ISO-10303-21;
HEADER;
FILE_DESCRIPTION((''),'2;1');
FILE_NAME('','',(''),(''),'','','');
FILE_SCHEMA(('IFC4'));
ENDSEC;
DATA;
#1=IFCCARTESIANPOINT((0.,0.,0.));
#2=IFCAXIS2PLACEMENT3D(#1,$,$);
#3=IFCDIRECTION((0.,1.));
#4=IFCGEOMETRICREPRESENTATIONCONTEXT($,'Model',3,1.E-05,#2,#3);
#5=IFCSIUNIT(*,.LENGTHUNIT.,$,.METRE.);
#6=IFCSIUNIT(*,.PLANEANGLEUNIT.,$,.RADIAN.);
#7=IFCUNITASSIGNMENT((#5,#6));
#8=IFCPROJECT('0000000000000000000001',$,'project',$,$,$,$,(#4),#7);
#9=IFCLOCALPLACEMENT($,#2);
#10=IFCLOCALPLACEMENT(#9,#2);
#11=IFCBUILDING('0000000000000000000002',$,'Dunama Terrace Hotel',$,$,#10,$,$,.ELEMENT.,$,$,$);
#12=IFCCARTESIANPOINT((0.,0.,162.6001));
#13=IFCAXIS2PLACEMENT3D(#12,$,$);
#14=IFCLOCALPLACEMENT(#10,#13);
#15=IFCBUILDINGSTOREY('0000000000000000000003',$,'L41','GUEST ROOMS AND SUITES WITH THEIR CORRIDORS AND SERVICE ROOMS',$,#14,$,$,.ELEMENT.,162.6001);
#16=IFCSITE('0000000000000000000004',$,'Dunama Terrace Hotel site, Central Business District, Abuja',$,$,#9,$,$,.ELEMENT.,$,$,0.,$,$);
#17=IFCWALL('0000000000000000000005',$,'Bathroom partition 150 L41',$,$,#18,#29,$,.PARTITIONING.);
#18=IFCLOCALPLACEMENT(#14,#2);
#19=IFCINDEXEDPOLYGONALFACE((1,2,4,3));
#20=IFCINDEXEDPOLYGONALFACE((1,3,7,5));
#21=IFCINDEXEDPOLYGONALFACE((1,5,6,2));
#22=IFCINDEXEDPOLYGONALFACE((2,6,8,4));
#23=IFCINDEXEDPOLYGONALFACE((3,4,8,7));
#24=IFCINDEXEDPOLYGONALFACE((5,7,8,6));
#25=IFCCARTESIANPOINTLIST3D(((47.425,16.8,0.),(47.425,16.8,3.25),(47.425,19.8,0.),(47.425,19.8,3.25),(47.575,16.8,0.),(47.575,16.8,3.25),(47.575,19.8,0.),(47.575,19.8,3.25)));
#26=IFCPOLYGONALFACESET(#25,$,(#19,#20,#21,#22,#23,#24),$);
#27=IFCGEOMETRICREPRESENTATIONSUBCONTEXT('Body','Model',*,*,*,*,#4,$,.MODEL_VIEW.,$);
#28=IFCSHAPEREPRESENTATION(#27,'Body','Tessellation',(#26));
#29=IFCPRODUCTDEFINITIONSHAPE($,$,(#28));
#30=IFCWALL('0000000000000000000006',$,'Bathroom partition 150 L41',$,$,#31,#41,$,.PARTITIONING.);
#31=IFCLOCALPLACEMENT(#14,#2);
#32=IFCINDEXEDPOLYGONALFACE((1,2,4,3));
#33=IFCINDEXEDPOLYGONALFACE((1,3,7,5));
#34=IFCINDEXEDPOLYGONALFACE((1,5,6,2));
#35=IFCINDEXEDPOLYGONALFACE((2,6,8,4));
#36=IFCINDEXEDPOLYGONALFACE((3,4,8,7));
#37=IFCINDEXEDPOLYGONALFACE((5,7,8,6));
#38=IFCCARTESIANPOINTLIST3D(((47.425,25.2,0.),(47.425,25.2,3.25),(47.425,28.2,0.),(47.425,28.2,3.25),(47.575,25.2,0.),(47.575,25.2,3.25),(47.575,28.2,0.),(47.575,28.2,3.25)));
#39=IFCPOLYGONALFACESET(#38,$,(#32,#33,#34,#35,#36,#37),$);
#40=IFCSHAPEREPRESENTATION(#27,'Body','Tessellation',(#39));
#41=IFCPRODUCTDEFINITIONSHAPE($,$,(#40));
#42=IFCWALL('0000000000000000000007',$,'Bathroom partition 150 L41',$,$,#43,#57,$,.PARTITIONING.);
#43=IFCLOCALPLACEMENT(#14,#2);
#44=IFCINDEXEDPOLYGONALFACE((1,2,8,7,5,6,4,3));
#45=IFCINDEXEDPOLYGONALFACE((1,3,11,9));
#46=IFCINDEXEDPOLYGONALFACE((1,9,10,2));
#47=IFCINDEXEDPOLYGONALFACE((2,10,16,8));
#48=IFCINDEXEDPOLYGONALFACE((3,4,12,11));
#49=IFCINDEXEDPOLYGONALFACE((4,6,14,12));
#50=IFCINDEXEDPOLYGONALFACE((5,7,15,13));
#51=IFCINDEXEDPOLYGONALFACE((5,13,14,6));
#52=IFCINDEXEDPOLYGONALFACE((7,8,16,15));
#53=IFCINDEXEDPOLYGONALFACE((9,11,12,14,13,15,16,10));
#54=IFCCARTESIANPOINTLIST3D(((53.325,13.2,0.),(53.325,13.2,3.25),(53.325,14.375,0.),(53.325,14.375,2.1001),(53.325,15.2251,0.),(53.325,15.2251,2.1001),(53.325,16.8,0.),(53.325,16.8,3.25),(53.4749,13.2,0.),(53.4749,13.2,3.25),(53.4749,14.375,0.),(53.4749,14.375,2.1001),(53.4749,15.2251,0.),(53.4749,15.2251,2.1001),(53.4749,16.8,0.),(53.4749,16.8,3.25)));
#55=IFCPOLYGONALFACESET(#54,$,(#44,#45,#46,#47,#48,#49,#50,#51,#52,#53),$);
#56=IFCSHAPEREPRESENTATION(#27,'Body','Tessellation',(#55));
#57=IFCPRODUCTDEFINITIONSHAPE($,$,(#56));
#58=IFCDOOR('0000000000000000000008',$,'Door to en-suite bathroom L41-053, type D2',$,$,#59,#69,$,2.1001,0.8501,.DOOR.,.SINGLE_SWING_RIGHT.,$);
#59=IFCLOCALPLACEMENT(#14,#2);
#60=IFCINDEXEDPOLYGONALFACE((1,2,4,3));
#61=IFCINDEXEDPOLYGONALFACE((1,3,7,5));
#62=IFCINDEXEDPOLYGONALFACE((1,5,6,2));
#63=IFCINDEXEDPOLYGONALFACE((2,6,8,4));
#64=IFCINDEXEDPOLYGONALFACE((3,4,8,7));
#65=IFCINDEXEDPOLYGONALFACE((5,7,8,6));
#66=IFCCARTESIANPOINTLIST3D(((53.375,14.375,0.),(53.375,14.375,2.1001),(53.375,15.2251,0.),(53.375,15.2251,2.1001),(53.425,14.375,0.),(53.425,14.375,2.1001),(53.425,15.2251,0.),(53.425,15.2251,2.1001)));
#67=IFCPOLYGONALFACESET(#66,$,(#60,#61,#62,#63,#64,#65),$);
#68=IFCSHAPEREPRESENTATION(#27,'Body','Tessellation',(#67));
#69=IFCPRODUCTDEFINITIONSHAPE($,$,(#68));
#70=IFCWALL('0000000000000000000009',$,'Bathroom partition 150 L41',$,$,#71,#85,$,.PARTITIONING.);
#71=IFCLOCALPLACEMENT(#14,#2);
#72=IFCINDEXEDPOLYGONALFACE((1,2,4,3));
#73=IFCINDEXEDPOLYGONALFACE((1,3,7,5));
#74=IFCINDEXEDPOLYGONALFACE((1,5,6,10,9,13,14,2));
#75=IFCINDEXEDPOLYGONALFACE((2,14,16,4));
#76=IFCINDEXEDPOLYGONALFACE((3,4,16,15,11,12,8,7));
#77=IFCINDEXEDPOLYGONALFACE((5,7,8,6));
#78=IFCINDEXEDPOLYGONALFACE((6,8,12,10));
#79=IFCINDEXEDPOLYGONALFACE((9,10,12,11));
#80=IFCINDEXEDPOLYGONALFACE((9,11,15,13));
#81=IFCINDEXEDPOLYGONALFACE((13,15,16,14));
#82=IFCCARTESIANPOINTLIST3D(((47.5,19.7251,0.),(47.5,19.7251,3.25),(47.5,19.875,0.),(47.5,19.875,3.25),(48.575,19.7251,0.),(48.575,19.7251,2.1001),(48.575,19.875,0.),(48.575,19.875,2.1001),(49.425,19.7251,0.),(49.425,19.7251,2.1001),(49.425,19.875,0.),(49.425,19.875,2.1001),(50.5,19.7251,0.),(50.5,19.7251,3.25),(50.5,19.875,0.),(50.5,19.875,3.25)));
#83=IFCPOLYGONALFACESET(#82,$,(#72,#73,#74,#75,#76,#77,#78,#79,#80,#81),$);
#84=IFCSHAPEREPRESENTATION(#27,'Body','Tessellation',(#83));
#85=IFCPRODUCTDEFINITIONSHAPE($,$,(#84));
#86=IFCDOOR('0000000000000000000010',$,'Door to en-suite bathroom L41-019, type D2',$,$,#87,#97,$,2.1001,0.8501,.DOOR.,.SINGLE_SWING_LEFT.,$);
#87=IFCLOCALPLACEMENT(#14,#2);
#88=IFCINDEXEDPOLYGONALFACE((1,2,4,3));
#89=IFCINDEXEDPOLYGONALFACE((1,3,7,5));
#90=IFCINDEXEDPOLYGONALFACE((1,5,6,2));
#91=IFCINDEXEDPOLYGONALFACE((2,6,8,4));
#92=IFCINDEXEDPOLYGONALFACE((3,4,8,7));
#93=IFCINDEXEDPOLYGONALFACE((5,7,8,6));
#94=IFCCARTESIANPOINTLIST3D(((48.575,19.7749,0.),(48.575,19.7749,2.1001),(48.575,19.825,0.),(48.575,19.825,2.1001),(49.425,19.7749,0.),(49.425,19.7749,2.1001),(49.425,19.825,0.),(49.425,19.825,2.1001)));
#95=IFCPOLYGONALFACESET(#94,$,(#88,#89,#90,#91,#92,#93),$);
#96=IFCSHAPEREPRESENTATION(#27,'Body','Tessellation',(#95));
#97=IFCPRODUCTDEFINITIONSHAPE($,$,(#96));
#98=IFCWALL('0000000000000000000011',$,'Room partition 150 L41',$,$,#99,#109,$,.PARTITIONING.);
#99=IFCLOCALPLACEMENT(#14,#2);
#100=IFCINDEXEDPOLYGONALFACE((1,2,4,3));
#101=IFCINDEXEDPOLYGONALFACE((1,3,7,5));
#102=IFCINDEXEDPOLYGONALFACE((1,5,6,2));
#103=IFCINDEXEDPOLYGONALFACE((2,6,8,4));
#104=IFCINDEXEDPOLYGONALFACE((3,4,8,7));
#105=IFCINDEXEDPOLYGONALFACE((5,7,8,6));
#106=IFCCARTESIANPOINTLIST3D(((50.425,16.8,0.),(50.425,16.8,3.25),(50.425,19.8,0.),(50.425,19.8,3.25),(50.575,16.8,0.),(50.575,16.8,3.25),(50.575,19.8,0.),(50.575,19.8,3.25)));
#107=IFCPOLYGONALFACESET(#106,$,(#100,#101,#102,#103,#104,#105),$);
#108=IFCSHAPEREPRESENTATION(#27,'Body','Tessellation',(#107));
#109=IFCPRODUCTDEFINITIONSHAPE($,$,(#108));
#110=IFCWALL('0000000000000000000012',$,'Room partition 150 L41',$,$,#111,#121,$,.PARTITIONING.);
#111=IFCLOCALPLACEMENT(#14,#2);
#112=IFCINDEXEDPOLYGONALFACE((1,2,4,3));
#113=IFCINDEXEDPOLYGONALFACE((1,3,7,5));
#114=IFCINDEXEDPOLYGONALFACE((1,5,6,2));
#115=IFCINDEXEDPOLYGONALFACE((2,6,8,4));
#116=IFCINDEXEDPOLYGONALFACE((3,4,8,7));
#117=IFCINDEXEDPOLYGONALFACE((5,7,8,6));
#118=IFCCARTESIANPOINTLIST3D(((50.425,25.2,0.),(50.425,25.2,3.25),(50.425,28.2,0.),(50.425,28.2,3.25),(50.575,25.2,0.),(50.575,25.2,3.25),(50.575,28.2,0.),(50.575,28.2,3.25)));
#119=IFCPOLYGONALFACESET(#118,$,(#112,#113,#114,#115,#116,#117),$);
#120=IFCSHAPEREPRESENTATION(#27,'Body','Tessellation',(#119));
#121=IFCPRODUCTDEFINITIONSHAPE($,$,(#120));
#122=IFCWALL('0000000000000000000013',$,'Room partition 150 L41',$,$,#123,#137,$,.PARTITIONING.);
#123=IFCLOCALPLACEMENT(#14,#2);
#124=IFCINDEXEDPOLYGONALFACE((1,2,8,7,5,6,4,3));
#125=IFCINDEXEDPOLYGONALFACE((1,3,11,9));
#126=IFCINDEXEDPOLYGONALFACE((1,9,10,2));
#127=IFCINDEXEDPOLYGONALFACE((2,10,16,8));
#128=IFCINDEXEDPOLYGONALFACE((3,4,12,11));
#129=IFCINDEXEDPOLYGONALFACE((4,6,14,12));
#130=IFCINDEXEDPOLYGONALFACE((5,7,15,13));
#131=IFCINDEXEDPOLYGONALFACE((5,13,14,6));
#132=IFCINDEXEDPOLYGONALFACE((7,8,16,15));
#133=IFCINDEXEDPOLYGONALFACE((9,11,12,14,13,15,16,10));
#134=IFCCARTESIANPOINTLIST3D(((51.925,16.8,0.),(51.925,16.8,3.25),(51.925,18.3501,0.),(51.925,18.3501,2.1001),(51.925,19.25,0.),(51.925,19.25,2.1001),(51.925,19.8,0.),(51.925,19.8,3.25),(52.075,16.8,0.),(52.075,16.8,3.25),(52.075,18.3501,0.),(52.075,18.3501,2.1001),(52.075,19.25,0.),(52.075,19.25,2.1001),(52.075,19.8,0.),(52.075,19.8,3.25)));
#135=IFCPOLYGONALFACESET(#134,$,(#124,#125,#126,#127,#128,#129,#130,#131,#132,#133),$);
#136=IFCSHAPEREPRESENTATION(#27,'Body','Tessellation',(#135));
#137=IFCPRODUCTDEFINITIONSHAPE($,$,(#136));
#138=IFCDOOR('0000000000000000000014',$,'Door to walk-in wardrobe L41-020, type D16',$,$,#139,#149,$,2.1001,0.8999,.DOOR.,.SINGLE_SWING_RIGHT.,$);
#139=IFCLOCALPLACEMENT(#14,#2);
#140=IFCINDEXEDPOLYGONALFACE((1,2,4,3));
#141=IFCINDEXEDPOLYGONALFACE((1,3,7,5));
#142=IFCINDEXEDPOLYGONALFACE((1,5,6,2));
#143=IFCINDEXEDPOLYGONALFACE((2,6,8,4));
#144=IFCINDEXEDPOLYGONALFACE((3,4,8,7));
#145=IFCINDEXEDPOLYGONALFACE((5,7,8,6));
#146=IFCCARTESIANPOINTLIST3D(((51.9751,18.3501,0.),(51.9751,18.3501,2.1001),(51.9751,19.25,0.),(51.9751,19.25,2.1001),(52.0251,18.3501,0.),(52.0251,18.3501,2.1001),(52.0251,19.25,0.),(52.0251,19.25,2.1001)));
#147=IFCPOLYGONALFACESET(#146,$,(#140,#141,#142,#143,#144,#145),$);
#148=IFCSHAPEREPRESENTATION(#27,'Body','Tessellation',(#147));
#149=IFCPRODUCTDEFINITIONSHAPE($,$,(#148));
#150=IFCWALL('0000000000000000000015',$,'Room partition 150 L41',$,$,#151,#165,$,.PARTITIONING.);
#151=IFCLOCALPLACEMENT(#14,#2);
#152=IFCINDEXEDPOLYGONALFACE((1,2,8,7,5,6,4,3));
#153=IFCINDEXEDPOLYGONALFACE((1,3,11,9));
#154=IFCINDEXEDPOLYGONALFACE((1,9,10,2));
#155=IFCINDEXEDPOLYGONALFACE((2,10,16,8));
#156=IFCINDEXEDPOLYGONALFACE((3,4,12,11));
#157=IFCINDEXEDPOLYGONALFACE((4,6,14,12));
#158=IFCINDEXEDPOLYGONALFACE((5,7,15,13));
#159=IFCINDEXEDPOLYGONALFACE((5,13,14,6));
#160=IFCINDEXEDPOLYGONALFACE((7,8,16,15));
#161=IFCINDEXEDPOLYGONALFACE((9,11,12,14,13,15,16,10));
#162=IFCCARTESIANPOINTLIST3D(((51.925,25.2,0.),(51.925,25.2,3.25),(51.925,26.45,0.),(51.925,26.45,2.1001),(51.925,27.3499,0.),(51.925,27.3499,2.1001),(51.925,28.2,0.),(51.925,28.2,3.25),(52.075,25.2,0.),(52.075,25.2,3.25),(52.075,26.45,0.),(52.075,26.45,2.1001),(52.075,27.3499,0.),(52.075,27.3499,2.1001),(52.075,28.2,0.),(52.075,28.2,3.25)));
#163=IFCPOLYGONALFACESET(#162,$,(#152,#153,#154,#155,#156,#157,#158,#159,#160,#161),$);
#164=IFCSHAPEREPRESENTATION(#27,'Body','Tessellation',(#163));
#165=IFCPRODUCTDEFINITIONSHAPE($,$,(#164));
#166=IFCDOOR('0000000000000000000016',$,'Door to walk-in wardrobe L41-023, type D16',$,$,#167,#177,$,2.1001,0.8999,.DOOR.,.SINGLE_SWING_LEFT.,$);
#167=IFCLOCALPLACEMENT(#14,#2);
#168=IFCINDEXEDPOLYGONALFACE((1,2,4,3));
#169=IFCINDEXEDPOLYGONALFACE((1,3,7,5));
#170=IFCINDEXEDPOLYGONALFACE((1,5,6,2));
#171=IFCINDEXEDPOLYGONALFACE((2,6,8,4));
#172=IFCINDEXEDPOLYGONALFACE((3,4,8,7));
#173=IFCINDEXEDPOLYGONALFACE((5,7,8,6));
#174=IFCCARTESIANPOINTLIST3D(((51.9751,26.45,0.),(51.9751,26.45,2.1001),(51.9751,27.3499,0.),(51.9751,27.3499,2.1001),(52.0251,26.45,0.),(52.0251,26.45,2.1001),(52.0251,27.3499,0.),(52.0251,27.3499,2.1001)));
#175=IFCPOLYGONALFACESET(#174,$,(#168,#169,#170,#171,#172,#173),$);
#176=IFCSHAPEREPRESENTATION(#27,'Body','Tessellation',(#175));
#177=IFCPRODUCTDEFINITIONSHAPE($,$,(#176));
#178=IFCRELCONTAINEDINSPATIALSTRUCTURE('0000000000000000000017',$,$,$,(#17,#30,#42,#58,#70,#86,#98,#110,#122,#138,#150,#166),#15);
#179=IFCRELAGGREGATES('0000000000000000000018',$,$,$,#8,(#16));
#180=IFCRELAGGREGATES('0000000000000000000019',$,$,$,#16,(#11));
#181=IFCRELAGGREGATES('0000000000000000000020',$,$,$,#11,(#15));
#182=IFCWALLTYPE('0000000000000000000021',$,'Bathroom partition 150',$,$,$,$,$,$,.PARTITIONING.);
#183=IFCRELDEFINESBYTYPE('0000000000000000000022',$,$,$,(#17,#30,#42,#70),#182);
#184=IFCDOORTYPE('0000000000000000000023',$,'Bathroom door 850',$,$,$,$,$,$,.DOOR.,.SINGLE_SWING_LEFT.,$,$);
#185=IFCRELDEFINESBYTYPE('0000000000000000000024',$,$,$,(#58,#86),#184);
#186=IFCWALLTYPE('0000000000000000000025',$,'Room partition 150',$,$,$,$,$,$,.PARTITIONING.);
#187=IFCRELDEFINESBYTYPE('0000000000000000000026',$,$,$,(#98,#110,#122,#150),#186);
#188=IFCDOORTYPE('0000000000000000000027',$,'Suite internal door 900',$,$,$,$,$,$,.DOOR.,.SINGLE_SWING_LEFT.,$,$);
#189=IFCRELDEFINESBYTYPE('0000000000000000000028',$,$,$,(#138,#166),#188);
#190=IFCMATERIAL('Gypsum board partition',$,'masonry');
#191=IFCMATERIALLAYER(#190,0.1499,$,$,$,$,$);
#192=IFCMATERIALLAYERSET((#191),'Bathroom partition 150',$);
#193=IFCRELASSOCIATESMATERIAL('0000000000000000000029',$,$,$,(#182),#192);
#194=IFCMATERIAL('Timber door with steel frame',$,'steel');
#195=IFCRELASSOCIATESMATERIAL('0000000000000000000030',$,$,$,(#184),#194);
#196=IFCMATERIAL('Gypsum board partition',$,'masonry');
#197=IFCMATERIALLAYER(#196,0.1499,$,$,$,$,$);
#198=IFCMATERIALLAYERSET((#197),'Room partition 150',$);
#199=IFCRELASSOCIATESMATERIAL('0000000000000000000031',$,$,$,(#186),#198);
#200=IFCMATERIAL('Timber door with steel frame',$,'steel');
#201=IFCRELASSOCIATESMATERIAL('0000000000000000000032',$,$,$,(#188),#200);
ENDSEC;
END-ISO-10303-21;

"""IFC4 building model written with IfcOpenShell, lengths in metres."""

from ifc_helpers import new_model, si_unit, direction, frame, frame_2d, origin, place, context, subcontext, project, spatial, rectangle, extrude, material, layer, layer_set, type_object, element, fill, save


model = new_model("IFC4")

# Units and contexts
model_context = context("Model", 3, precision=1e-05, world=origin(), true_north=direction((0.0, 1.0)))
body_context = subcontext(model_context, "Body", "Model", "MODEL_VIEW")
ifc_project = project(units=[si_unit("LENGTHUNIT", "METRE"), si_unit("PLANEANGLEUNIT", "RADIAN")], contexts=[model_context])

# Site, building, storey
site_placement = place(None, origin())
site = spatial("IfcSite", under=ifc_project, at=site_placement, Name="Dunama Terrace Hotel site, Central Business District, Abuja", CompositionType="ELEMENT", RefElevation=0.0)
building_placement = place(site_placement, origin())
building = spatial("IfcBuilding", under=site, at=building_placement, Name="Dunama Terrace Hotel", CompositionType="ELEMENT")
storey_placement = place(building_placement, frame((0.0, 0.0, 162.6001)))
storey = spatial("IfcBuildingStorey", under=building, at=storey_placement, Name="L41", Description="GUEST ROOMS AND SUITES WITH THEIR CORRIDORS AND SERVICE ROOMS", CompositionType="ELEMENT", Elevation=162.6001)

# Walls
ifc_material_1 = material(Name="Gypsum board partition", Category="masonry")
ifc_layer_1 = layer(ifc_material_1, 0.1499)
ifc_layer_set_1 = layer_set([ifc_layer_1], Name="Bathroom partition 150")
wall_type_1 = type_object("IfcWallType", Name="Bathroom partition 150", PredefinedType="PARTITIONING", material=ifc_layer_set_1)
for number, where, z_axis, x_axis, name in (
    (1, (47.5, 16.8, 0.0), (0.0, 0.0, 1.0), (0.0, 1.0, 0.0), "Bathroom partition 150 L41"),
    (2, (47.5, 25.2, 0.0), (0.0, 0.0, 1.0), (0.0, 1.0, 0.0), "Bathroom partition 150 L41"),
):
    element("IfcWall", number, at=place(storey_placement, frame(where, z_axis=z_axis, x_axis=x_axis)), inside=storey, type_object=wall_type_1, Name=name, PredefinedType="PARTITIONING", context=body_context, shape_type="SweptSolid", body=[
        extrude(rectangle(XDim=3.0, YDim=0.1499, at=frame_2d((1.5, 0.0))), origin(), (0.0, 0.0, 1.0), 3.25),
    ])

# Walls, openings, doors
wall_1_placement = place(storey_placement, frame((53.3999, 13.2, 0.0), z_axis=(0.0, 0.0, 1.0), x_axis=(0.0, 1.0, 0.0)))
wall_1 = element("IfcWall", 3, at=wall_1_placement, inside=storey, type_object=wall_type_1, Name="Bathroom partition 150 L41", PredefinedType="PARTITIONING", context=body_context, shape_type="SweptSolid", body=[
    extrude(rectangle(XDim=3.6001, YDim=0.1499, at=frame_2d((1.8, 0.0))), origin(), (0.0, 0.0, 1.0), 3.25),
])
opening_1_placement = place(wall_1_placement, frame((1.175, 0.0, 0.0)))
opening_1 = element("IfcOpeningElement", 4, at=opening_1_placement, cuts=wall_1, PredefinedType="OPENING", context=body_context, shape_type="SweptSolid", body=[
    extrude(rectangle(XDim=0.8501, YDim=2.1001, at=frame_2d((0.425, 1.05))), frame((0.0, 0.085, 0.0), z_axis=(0.0, -1.0, 0.0), x_axis=(1.0, 0.0, 0.0)), (0.0, 0.0, 1.0), 0.1699),
])
ifc_material_2 = material(Name="Timber door with steel frame", Category="steel")
door_type_1 = type_object("IfcDoorType", Name="Bathroom door 850", OperationType="SINGLE_SWING_LEFT", PredefinedType="DOOR", material=ifc_material_2)
door_1_placement = place(opening_1_placement, origin())
door_1 = element("IfcDoor", 5, at=door_1_placement, inside=storey, type_object=door_type_1, Name="Door to en-suite bathroom L41-053, type D2", OperationType="SINGLE_SWING_RIGHT", OverallHeight=2.1001, OverallWidth=0.8501, PredefinedType="DOOR", context=body_context, shape_type="SweptSolid", body=[
    extrude(rectangle(XDim=0.8501, YDim=2.1001, at=frame_2d((0.425, 1.05))), frame((0.0, 0.0249, 0.0), z_axis=(0.0, -1.0, 0.0), x_axis=(1.0, 0.0, 0.0)), (0.0, 0.0, 1.0), 0.05),
])
fill(opening_1, door_1)
wall_2_placement = place(storey_placement, frame((47.5, 19.8, 0.0), z_axis=(0.0, 0.0, 1.0), x_axis=(1.0, 0.0, 0.0)))
wall_2 = element("IfcWall", 6, at=wall_2_placement, inside=storey, type_object=wall_type_1, Name="Bathroom partition 150 L41", PredefinedType="PARTITIONING", context=body_context, shape_type="SweptSolid", body=[
    extrude(rectangle(XDim=3.0, YDim=0.1499, at=frame_2d((1.5, 0.0))), origin(), (0.0, 0.0, 1.0), 3.25),
])
opening_2_placement = place(wall_2_placement, frame((1.075, 0.0, 0.0)))
opening_2 = element("IfcOpeningElement", 7, at=opening_2_placement, cuts=wall_2, PredefinedType="OPENING", context=body_context, shape_type="SweptSolid", body=[
    extrude(rectangle(XDim=0.8501, YDim=2.1001, at=frame_2d((0.425, 1.05))), frame((0.0, 0.085, 0.0), z_axis=(0.0, -1.0, 0.0), x_axis=(1.0, 0.0, 0.0)), (0.0, 0.0, 1.0), 0.1699),
])
door_2_placement = place(opening_2_placement, frame((0.8501, 0.0, 0.0), z_axis=(0.0, 0.0, 1.0), x_axis=(-1.0, 0.0, 0.0)))
door_2 = element("IfcDoor", 8, at=door_2_placement, inside=storey, type_object=door_type_1, Name="Door to en-suite bathroom L41-019, type D2", OperationType="SINGLE_SWING_LEFT", OverallHeight=2.1001, OverallWidth=0.8501, PredefinedType="DOOR", context=body_context, shape_type="SweptSolid", body=[
    extrude(rectangle(XDim=0.8501, YDim=2.1001, at=frame_2d((0.425, 1.05))), frame((0.0, 0.0251, 0.0), z_axis=(0.0, -1.0, 0.0), x_axis=(1.0, 0.0, 0.0)), (0.0, 0.0, 1.0), 0.05),
])
fill(opening_2, door_2)

# Walls
ifc_material_3 = material(Name="Gypsum board partition", Category="masonry")
ifc_layer_2 = layer(ifc_material_3, 0.1499)
ifc_layer_set_2 = layer_set([ifc_layer_2], Name="Room partition 150")
wall_type_2 = type_object("IfcWallType", Name="Room partition 150", PredefinedType="PARTITIONING", material=ifc_layer_set_2)
for number, where, z_axis, x_axis, name in (
    (9, (50.5, 16.8, 0.0), (0.0, 0.0, 1.0), (0.0, 1.0, 0.0), "Room partition 150 L41"),
    (10, (50.5, 25.2, 0.0), (0.0, 0.0, 1.0), (0.0, 1.0, 0.0), "Room partition 150 L41"),
):
    element("IfcWall", number, at=place(storey_placement, frame(where, z_axis=z_axis, x_axis=x_axis)), inside=storey, type_object=wall_type_2, Name=name, PredefinedType="PARTITIONING", context=body_context, shape_type="SweptSolid", body=[
        extrude(rectangle(XDim=3.0, YDim=0.1499, at=frame_2d((1.5, 0.0))), origin(), (0.0, 0.0, 1.0), 3.25),
    ])

# Walls, openings, doors
wall_3_placement = place(storey_placement, frame((52.0, 16.8, 0.0), z_axis=(0.0, 0.0, 1.0), x_axis=(0.0, 1.0, 0.0)))
wall_3 = element("IfcWall", 11, at=wall_3_placement, inside=storey, type_object=wall_type_2, Name="Room partition 150 L41", PredefinedType="PARTITIONING", context=body_context, shape_type="SweptSolid", body=[
    extrude(rectangle(XDim=3.0, YDim=0.1499, at=frame_2d((1.5, 0.0))), origin(), (0.0, 0.0, 1.0), 3.25),
])
opening_3_placement = place(wall_3_placement, frame((1.55, 0.0, 0.0)))
opening_3 = element("IfcOpeningElement", 12, at=opening_3_placement, cuts=wall_3, PredefinedType="OPENING", context=body_context, shape_type="SweptSolid", body=[
    extrude(rectangle(XDim=0.8999, YDim=2.1001, at=frame_2d((0.45, 1.05))), frame((0.0, 0.085, 0.0), z_axis=(0.0, -1.0, 0.0), x_axis=(1.0, 0.0, 0.0)), (0.0, 0.0, 1.0), 0.1699),
])
ifc_material_4 = material(Name="Timber door with steel frame", Category="steel")
door_type_2 = type_object("IfcDoorType", Name="Suite internal door 900", OperationType="SINGLE_SWING_LEFT", PredefinedType="DOOR", material=ifc_material_4)
door_3_placement = place(opening_3_placement, origin())
door_3 = element("IfcDoor", 13, at=door_3_placement, inside=storey, type_object=door_type_2, Name="Door to walk-in wardrobe L41-020, type D16", OperationType="SINGLE_SWING_RIGHT", OverallHeight=2.1001, OverallWidth=0.8999, PredefinedType="DOOR", context=body_context, shape_type="SweptSolid", body=[
    extrude(rectangle(XDim=0.8999, YDim=2.1001, at=frame_2d((0.45, 1.05))), frame((0.0, 0.0249, 0.0), z_axis=(0.0, -1.0, 0.0), x_axis=(1.0, 0.0, 0.0)), (0.0, 0.0, 1.0), 0.05),
])
fill(opening_3, door_3)
wall_4_placement = place(storey_placement, frame((52.0, 25.2, 0.0), z_axis=(0.0, 0.0, 1.0), x_axis=(0.0, 1.0, 0.0)))
wall_4 = element("IfcWall", 14, at=wall_4_placement, inside=storey, type_object=wall_type_2, Name="Room partition 150 L41", PredefinedType="PARTITIONING", context=body_context, shape_type="SweptSolid", body=[
    extrude(rectangle(XDim=3.0, YDim=0.1499, at=frame_2d((1.5, 0.0))), origin(), (0.0, 0.0, 1.0), 3.25),
])
opening_4_placement = place(wall_4_placement, frame((1.25, 0.0, 0.0)))
opening_4 = element("IfcOpeningElement", 15, at=opening_4_placement, cuts=wall_4, PredefinedType="OPENING", context=body_context, shape_type="SweptSolid", body=[
    extrude(rectangle(XDim=0.8999, YDim=2.1001, at=frame_2d((0.45, 1.05))), frame((0.0, 0.085, 0.0), z_axis=(0.0, -1.0, 0.0), x_axis=(1.0, 0.0, 0.0)), (0.0, 0.0, 1.0), 0.1699),
])
door_4_placement = place(opening_4_placement, origin())
door_4 = element("IfcDoor", 16, at=door_4_placement, inside=storey, type_object=door_type_2, Name="Door to walk-in wardrobe L41-023, type D16", OperationType="SINGLE_SWING_LEFT", OverallHeight=2.1001, OverallWidth=0.8999, PredefinedType="DOOR", context=body_context, shape_type="SweptSolid", body=[
    extrude(rectangle(XDim=0.8999, YDim=2.1001, at=frame_2d((0.45, 1.05))), frame((0.0, 0.0249, 0.0), z_axis=(0.0, -1.0, 0.0), x_axis=(1.0, 0.0, 0.0)), (0.0, 0.0, 1.0), 0.05),
])
fill(opening_4, door_4)

save(model, "model.ifc")
